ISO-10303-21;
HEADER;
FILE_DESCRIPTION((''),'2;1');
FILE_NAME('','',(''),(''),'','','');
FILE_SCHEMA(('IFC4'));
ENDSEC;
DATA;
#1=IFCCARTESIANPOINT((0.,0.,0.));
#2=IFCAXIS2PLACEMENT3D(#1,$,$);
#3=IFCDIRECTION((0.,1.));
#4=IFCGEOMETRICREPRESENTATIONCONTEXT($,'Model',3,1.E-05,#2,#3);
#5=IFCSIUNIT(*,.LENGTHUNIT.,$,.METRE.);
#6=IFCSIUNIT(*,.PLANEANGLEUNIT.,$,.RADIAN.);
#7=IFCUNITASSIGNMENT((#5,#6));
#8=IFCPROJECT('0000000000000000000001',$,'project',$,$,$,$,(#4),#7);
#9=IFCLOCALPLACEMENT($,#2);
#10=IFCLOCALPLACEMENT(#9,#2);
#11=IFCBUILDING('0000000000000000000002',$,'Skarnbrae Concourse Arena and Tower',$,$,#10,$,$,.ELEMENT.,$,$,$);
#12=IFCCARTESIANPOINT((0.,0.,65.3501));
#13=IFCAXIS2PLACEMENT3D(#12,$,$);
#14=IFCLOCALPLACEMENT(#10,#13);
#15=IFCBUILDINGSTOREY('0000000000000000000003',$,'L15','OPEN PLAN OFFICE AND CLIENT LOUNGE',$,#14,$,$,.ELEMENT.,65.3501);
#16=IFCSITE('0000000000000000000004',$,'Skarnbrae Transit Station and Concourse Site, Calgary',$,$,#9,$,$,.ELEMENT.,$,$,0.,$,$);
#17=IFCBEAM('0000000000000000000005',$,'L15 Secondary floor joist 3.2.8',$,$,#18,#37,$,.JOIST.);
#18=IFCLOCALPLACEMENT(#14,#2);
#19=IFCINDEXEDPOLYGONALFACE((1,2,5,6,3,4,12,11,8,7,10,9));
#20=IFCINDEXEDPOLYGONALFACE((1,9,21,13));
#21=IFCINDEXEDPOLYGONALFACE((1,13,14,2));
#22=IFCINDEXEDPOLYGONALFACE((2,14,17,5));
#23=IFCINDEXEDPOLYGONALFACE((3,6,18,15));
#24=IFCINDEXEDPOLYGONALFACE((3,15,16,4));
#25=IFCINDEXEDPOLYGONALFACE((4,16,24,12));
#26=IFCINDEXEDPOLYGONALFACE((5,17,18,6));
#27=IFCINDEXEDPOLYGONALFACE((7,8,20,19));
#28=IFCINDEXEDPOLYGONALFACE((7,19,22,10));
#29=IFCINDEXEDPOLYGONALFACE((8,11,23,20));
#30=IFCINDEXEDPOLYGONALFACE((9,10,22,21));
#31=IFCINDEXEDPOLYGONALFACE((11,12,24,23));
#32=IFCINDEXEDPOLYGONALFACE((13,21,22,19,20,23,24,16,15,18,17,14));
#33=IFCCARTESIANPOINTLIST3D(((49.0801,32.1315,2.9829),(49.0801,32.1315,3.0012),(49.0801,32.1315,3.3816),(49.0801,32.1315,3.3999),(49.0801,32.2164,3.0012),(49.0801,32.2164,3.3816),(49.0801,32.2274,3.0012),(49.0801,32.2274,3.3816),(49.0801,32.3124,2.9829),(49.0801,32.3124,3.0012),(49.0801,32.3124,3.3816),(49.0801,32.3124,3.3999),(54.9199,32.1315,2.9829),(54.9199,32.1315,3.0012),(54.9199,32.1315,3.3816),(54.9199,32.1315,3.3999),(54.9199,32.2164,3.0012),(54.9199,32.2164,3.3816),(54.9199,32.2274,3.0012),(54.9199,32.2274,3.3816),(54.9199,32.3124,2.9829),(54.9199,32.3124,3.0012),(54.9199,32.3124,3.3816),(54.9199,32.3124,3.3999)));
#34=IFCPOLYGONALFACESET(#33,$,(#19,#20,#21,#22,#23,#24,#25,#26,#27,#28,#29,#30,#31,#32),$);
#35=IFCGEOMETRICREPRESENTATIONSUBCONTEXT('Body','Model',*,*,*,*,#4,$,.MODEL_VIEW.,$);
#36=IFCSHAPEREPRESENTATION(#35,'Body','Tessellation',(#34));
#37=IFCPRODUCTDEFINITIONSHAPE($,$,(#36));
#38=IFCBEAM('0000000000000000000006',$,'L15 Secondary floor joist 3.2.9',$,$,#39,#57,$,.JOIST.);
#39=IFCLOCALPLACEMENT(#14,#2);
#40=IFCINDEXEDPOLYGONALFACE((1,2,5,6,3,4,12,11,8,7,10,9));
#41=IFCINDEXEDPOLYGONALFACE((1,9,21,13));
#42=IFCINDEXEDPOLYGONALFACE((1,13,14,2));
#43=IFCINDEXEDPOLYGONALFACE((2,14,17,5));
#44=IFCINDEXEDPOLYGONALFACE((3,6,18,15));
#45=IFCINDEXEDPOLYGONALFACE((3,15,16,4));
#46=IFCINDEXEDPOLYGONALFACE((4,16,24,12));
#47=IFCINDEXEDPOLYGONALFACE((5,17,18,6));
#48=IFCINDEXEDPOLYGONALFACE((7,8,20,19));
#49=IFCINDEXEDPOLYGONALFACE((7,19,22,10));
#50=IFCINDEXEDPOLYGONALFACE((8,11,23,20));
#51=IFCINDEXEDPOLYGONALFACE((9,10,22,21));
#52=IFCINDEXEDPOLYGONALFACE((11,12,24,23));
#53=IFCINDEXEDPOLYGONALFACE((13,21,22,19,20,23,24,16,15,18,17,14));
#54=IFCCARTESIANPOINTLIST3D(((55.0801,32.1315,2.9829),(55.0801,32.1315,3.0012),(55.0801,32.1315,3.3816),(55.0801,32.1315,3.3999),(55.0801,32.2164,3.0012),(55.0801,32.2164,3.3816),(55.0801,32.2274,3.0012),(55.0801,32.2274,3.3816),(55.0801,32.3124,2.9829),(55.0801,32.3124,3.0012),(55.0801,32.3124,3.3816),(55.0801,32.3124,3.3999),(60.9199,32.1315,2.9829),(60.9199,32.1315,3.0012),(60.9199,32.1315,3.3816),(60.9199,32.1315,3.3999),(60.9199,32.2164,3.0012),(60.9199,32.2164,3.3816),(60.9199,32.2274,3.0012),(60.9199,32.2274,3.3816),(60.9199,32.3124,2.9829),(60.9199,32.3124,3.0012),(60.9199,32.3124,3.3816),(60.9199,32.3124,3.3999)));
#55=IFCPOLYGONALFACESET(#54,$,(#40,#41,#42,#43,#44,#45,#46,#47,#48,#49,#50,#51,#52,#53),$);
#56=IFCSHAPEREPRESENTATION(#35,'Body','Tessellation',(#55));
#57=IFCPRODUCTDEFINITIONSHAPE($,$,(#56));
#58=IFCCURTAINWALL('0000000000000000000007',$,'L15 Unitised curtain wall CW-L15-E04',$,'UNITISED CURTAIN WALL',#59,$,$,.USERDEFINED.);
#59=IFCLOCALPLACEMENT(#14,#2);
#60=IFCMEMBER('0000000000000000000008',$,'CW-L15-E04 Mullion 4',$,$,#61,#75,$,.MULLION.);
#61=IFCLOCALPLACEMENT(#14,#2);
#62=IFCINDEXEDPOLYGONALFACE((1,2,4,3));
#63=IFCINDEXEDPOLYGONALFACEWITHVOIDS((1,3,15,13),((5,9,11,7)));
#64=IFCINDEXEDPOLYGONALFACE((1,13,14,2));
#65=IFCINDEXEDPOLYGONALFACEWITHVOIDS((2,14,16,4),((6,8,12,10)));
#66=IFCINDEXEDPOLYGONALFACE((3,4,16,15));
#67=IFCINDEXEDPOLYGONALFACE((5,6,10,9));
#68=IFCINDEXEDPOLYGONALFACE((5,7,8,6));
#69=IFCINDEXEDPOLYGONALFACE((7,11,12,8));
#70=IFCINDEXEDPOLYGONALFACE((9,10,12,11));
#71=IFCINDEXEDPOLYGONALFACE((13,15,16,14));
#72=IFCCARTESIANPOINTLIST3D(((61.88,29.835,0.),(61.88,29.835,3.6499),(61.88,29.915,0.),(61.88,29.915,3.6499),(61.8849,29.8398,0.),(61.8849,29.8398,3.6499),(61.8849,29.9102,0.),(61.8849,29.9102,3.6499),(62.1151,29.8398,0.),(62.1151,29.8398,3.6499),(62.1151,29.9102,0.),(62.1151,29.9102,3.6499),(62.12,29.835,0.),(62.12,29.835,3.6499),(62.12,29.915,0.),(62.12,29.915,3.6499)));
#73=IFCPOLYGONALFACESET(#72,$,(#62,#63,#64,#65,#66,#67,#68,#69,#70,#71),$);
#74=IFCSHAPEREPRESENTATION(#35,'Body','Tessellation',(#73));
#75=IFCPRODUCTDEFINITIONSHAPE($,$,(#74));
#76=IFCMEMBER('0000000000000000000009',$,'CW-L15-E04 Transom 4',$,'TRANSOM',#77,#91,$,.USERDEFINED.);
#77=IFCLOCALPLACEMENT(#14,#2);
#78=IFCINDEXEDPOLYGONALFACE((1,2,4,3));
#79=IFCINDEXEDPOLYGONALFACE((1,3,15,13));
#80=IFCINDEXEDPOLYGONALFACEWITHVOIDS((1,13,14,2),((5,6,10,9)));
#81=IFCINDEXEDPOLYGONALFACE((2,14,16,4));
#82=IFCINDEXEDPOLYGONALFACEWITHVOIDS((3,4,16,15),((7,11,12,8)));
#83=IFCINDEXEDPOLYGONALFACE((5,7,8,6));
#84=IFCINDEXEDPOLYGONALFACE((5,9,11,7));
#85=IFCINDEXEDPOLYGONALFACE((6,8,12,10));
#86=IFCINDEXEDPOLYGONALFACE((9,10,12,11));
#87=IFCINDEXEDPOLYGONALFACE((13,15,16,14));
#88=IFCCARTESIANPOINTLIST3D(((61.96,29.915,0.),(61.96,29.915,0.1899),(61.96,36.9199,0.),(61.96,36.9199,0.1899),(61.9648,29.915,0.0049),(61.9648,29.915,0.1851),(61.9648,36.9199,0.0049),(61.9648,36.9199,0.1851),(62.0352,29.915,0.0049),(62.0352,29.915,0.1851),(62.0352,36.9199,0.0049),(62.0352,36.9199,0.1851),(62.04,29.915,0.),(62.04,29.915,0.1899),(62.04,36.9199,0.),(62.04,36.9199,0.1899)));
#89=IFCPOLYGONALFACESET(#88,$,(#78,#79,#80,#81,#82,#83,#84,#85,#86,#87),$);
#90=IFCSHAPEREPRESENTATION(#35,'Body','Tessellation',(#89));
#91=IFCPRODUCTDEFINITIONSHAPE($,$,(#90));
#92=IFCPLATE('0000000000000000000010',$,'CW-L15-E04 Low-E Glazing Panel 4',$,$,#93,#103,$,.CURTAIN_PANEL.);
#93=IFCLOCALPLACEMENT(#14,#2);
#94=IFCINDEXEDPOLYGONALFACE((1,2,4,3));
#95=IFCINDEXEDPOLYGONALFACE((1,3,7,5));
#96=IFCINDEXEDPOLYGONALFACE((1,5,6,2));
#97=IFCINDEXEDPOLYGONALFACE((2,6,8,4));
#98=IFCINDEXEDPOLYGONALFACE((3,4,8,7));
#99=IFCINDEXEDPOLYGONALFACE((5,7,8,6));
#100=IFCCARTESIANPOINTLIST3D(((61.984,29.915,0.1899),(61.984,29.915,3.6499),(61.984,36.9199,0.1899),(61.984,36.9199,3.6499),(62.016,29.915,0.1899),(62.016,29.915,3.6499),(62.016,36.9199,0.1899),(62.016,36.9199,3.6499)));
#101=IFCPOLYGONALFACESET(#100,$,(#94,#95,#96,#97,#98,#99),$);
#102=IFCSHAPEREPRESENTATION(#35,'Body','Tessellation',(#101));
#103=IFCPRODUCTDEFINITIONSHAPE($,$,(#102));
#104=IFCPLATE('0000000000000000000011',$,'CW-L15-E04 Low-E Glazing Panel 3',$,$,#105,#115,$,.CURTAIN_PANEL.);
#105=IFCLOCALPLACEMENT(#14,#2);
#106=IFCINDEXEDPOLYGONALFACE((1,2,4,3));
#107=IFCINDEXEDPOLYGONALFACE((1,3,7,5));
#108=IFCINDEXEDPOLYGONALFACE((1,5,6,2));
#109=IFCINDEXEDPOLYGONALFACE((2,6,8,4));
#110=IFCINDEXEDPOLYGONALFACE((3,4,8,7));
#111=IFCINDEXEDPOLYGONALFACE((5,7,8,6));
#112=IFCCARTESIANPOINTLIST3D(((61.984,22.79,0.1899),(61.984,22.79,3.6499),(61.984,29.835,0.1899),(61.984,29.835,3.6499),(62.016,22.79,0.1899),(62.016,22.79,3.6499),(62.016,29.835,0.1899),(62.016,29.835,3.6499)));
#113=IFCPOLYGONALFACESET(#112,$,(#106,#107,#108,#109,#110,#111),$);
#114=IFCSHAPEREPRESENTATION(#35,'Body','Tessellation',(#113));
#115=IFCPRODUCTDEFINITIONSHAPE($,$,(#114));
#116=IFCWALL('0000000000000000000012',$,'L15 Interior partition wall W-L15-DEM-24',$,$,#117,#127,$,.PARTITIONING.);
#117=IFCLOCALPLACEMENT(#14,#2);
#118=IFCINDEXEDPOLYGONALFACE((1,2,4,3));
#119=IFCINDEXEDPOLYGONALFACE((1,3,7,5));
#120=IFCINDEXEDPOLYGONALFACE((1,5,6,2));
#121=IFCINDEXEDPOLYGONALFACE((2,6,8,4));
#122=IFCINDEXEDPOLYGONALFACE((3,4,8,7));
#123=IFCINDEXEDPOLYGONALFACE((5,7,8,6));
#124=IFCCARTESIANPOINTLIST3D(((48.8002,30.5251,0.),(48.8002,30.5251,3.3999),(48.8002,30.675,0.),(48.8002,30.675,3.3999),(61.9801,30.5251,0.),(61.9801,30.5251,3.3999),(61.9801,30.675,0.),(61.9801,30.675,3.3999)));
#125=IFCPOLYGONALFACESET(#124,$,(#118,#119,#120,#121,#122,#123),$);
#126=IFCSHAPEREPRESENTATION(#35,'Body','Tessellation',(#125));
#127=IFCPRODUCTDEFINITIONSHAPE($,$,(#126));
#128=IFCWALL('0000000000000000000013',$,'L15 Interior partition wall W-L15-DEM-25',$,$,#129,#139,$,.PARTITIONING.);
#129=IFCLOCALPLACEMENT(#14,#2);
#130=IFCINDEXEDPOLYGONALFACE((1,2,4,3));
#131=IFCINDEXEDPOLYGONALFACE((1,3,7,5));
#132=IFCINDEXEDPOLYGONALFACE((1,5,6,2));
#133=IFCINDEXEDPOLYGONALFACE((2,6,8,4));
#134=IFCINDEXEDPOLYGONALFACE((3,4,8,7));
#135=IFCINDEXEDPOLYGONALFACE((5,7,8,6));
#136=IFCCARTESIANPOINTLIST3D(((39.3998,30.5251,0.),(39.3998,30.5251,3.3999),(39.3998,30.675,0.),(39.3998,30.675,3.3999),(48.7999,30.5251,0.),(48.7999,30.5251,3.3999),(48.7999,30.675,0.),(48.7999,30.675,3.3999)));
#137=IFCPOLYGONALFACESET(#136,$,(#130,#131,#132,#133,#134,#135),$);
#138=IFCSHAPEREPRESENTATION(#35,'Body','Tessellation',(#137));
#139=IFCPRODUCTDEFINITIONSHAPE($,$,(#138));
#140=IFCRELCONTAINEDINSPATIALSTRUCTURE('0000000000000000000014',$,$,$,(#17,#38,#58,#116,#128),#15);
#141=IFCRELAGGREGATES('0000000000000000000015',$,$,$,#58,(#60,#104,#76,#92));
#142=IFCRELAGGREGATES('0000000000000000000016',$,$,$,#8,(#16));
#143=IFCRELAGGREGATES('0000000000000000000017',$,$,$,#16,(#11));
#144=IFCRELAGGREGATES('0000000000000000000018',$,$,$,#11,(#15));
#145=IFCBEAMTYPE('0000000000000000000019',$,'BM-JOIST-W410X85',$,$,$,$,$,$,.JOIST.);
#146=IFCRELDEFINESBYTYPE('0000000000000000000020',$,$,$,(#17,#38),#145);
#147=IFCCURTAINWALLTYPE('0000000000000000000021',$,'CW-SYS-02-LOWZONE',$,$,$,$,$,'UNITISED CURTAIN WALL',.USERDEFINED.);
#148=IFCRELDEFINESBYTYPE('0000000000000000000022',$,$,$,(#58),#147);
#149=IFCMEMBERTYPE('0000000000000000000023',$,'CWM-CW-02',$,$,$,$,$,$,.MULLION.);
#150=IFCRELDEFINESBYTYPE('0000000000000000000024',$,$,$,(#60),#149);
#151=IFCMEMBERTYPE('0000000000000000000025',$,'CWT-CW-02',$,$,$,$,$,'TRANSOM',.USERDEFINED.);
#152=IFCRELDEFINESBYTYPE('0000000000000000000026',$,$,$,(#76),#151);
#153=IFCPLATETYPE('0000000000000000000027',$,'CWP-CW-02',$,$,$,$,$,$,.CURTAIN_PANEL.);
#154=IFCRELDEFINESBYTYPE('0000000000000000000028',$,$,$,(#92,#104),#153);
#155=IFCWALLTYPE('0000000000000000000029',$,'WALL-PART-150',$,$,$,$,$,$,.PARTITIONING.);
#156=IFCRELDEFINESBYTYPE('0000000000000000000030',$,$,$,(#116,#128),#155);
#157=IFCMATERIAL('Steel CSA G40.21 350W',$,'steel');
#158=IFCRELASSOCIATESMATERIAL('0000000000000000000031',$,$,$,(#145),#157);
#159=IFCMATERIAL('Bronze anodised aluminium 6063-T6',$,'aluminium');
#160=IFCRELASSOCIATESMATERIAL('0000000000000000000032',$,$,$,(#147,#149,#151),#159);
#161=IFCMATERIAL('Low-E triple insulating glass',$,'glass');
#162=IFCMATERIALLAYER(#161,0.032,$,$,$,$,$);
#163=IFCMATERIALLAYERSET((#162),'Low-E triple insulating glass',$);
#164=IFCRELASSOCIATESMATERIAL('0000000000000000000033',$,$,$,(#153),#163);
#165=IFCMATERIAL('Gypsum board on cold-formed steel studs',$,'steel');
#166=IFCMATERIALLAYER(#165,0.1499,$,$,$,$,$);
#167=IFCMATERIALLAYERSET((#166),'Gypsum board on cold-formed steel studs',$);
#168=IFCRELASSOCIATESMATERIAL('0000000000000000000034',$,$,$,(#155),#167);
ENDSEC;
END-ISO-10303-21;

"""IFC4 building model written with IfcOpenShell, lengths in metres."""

from ifc_helpers import new_model, si_unit, direction, frame, frame_2d, origin, origin_2d, place, context, subcontext, project, spatial, rectangle, hollow_rectangle, i_section, extrude, source, transform, mapped, material, layer, layer_set, material_profile, profile_set, type_object, element, aggregate, save


model = new_model("IFC4")

# Units and contexts
model_context = context("Model", 3, precision=1e-05, world=origin(), true_north=direction((0.0, 1.0)))
body_context = subcontext(model_context, "Body", "Model", "MODEL_VIEW")
ifc_project = project(units=[si_unit("LENGTHUNIT", "METRE"), si_unit("PLANEANGLEUNIT", "RADIAN")], contexts=[model_context])

# Site, building, storey
site_placement = place(None, origin())
site = spatial("IfcSite", under=ifc_project, at=site_placement, Name="Skarnbrae Transit Station and Concourse Site, Calgary", CompositionType="ELEMENT", RefElevation=0.0)
building_placement = place(site_placement, origin())
building = spatial("IfcBuilding", under=site, at=building_placement, Name="Skarnbrae Concourse Arena and Tower", CompositionType="ELEMENT")
storey_placement = place(building_placement, frame((0.0, 0.0, 65.3501)))
storey = spatial("IfcBuildingStorey", under=building, at=storey_placement, Name="L15", Description="OPEN PLAN OFFICE AND CLIENT LOUNGE", CompositionType="ELEMENT", Elevation=65.3501)

# Shared definitions
ifc_material_1 = material(Name="Steel CSA G40.21 350W", Category="steel")

# Beams
ifc_material_profile_1 = material_profile(ifc_material_1, i_section(OverallWidth=0.1809, OverallDepth=0.417, WebThickness=0.011, FlangeThickness=0.0183, at=origin_2d()), Name="W410X85")
ifc_profile_set_1 = profile_set([ifc_material_profile_1], Name="Steel CSA G40.21 350W")
beam_type_1 = type_object("IfcBeamType", Name="BM-JOIST-W410X85", PredefinedType="JOIST", material=ifc_profile_set_1)
shared_shape_1 = source(origin(), body_context, "Body", "SweptSolid", [
    extrude(i_section(OverallWidth=0.1809, OverallDepth=0.417, WebThickness=0.011, FlangeThickness=0.0183, at=origin_2d()), origin(), (0.0, 0.0, 1.0), 5.8398),
])
for number, where, z_axis, x_axis, name in (
    (1, (49.0801, 32.2219, 3.1914), (1.0, 0.0, 0.0), (0.0, 1.0, 0.0), "L15 Secondary floor joist 3.2.8"),
    (2, (55.0801, 32.2219, 3.1914), (1.0, 0.0, 0.0), (0.0, 1.0, 0.0), "L15 Secondary floor joist 3.2.9"),
):
    element("IfcBeam", number, at=place(storey_placement, frame(where, z_axis=z_axis, x_axis=x_axis)), inside=storey, type_object=beam_type_1, Name=name, PredefinedType="JOIST", context=body_context, shape_type="MappedRepresentation", body=[
        mapped(shared_shape_1, transform((0.0, 0.0, 0.0))),
    ])

# Curtain wall, members, plates
ifc_material_2 = material(Name="Bronze anodised aluminium 6063-T6", Category="aluminium")
curtain_wall_type = type_object("IfcCurtainWallType", Name="CW-SYS-02-LOWZONE", ElementType="UNITISED CURTAIN WALL", PredefinedType="USERDEFINED", material=ifc_material_2)
curtain_wall_placement = place(storey_placement, origin())
curtain_wall = element("IfcCurtainWall", 3, at=curtain_wall_placement, inside=storey, type_object=curtain_wall_type, Name="L15 Unitised curtain wall CW-L15-E04", ObjectType="UNITISED CURTAIN WALL", PredefinedType="USERDEFINED")
ifc_material_profile_2 = material_profile(ifc_material_2, hollow_rectangle(XDim=0.0801, YDim=0.24, WallThickness=0.0049, at=origin_2d()), Name="ALU-MULL-80X240")
ifc_profile_set_2 = profile_set([ifc_material_profile_2], Name="Bronze anodised aluminium 6063-T6")
member_type_1 = type_object("IfcMemberType", Name="CWM-CW-02", PredefinedType="MULLION", material=ifc_profile_set_2)
shared_shape_2 = source(origin(), body_context, "Body", "SweptSolid", [
    extrude(hollow_rectangle(XDim=0.0801, YDim=0.24, WallThickness=0.0049, at=origin_2d()), origin(), (0.0, 0.0, 1.0), 3.6499),
])
member_1_placement = place(storey_placement, frame((62.0, 29.875, 0.0), z_axis=(0.0, 0.0, 1.0), x_axis=(0.0, 1.0, 0.0)))
member_1 = element("IfcMember", 4, at=member_1_placement, type_object=member_type_1, Name="CW-L15-E04 Mullion 4", PredefinedType="MULLION", context=body_context, shape_type="MappedRepresentation", body=[
    mapped(shared_shape_2, transform((0.0, 0.0, 0.0))),
])
ifc_material_profile_3 = material_profile(ifc_material_2, hollow_rectangle(XDim=0.0801, YDim=0.1899, WallThickness=0.0049, at=origin_2d()), Name="ALU-TRAN-80X190")
ifc_profile_set_3 = profile_set([ifc_material_profile_3], Name="Bronze anodised aluminium 6063-T6")
member_type_2 = type_object("IfcMemberType", Name="CWT-CW-02", ElementType="TRANSOM", PredefinedType="USERDEFINED", material=ifc_profile_set_3)
shared_shape_3 = source(origin(), body_context, "Body", "SweptSolid", [
    extrude(hollow_rectangle(XDim=0.0801, YDim=0.1899, WallThickness=0.0049, at=origin_2d()), origin(), (0.0, 0.0, 1.0), 7.0049),
])
member_2_placement = place(storey_placement, frame((62.0, 29.915, 0.095), z_axis=(0.0, 1.0, 0.0), x_axis=(-1.0, 0.0, 0.0)))
member_2 = element("IfcMember", 5, at=member_2_placement, type_object=member_type_2, Name="CW-L15-E04 Transom 4", ObjectType="TRANSOM", PredefinedType="USERDEFINED", context=body_context, shape_type="MappedRepresentation", body=[
    mapped(shared_shape_3, transform((0.0, 0.0, 0.0))),
])
ifc_material_3 = material(Name="Low-E triple insulating glass", Category="glass")
ifc_layer_1 = layer(ifc_material_3, 0.032)
ifc_layer_set_1 = layer_set([ifc_layer_1], Name="Low-E triple insulating glass")
plate_type = type_object("IfcPlateType", Name="CWP-CW-02", PredefinedType="CURTAIN_PANEL", material=ifc_layer_set_1)
shared_shape_4 = source(origin(), body_context, "Body", "SweptSolid", [
    extrude(rectangle(XDim=7.0049, YDim=0.032, at=origin_2d()), origin(), (0.0, 0.0, 1.0), 3.46),
])
plate_1_placement = place(storey_placement, frame((62.0, 33.4175, 0.1899), z_axis=(0.0, 0.0, 1.0), x_axis=(0.0, 1.0, 0.0)))
plate_1 = element("IfcPlate", 6, at=plate_1_placement, type_object=plate_type, Name="CW-L15-E04 Low-E Glazing Panel 4", PredefinedType="CURTAIN_PANEL", context=body_context, shape_type="MappedRepresentation", body=[
    mapped(shared_shape_4, transform((0.0, 0.0, 0.0))),
])
shared_shape_5 = source(origin(), body_context, "Body", "SweptSolid", [
    extrude(rectangle(XDim=7.0449, YDim=0.032, at=origin_2d()), origin(), (0.0, 0.0, 1.0), 3.46),
])
plate_2_placement = place(storey_placement, frame((62.0, 26.3125, 0.1899), z_axis=(0.0, 0.0, 1.0), x_axis=(0.0, 1.0, 0.0)))
plate_2 = element("IfcPlate", 7, at=plate_2_placement, type_object=plate_type, Name="CW-L15-E04 Low-E Glazing Panel 3", PredefinedType="CURTAIN_PANEL", context=body_context, shape_type="MappedRepresentation", body=[
    mapped(shared_shape_5, transform((0.0, 0.0, 0.0))),
])
aggregate(curtain_wall, [member_1, plate_2, member_2, plate_1])

# Walls
ifc_material_4 = material(Name="Gypsum board on cold-formed steel studs", Category="steel")
ifc_layer_2 = layer(ifc_material_4, 0.1499)
ifc_layer_set_2 = layer_set([ifc_layer_2], Name="Gypsum board on cold-formed steel studs")
wall_type = type_object("IfcWallType", Name="WALL-PART-150", PredefinedType="PARTITIONING", material=ifc_layer_set_2)
shared_shape_6 = source(origin(), body_context, "Body", "SweptSolid", [
    extrude(rectangle(XDim=13.1799, YDim=0.1499, at=frame_2d((6.5898, 0.0))), origin(), (0.0, 0.0, 1.0), 3.3999),
])
wall_1_placement = place(storey_placement, frame((61.98, 30.6001, 0.0), z_axis=(0.0, 0.0, 1.0), x_axis=(-1.0, 0.0, 0.0)))
element("IfcWall", 8, at=wall_1_placement, inside=storey, type_object=wall_type, Name="L15 Interior partition wall W-L15-DEM-24", PredefinedType="PARTITIONING", context=body_context, shape_type="MappedRepresentation", body=[
    mapped(shared_shape_6, transform((0.0, 0.0, 0.0))),
])
shared_shape_7 = source(origin(), body_context, "Body", "SweptSolid", [
    extrude(rectangle(XDim=9.4001, YDim=0.1499, at=frame_2d((4.7002, 0.0))), origin(), (0.0, 0.0, 1.0), 3.3999),
])
wall_2_placement = place(storey_placement, frame((48.8, 30.6001, 0.0), z_axis=(0.0, 0.0, 1.0), x_axis=(-1.0, 0.0, 0.0)))
element("IfcWall", 9, at=wall_2_placement, inside=storey, type_object=wall_type, Name="L15 Interior partition wall W-L15-DEM-25", PredefinedType="PARTITIONING", context=body_context, shape_type="MappedRepresentation", body=[
    mapped(shared_shape_7, transform((0.0, 0.0, 0.0))),
])

save(model, "model.ifc")
